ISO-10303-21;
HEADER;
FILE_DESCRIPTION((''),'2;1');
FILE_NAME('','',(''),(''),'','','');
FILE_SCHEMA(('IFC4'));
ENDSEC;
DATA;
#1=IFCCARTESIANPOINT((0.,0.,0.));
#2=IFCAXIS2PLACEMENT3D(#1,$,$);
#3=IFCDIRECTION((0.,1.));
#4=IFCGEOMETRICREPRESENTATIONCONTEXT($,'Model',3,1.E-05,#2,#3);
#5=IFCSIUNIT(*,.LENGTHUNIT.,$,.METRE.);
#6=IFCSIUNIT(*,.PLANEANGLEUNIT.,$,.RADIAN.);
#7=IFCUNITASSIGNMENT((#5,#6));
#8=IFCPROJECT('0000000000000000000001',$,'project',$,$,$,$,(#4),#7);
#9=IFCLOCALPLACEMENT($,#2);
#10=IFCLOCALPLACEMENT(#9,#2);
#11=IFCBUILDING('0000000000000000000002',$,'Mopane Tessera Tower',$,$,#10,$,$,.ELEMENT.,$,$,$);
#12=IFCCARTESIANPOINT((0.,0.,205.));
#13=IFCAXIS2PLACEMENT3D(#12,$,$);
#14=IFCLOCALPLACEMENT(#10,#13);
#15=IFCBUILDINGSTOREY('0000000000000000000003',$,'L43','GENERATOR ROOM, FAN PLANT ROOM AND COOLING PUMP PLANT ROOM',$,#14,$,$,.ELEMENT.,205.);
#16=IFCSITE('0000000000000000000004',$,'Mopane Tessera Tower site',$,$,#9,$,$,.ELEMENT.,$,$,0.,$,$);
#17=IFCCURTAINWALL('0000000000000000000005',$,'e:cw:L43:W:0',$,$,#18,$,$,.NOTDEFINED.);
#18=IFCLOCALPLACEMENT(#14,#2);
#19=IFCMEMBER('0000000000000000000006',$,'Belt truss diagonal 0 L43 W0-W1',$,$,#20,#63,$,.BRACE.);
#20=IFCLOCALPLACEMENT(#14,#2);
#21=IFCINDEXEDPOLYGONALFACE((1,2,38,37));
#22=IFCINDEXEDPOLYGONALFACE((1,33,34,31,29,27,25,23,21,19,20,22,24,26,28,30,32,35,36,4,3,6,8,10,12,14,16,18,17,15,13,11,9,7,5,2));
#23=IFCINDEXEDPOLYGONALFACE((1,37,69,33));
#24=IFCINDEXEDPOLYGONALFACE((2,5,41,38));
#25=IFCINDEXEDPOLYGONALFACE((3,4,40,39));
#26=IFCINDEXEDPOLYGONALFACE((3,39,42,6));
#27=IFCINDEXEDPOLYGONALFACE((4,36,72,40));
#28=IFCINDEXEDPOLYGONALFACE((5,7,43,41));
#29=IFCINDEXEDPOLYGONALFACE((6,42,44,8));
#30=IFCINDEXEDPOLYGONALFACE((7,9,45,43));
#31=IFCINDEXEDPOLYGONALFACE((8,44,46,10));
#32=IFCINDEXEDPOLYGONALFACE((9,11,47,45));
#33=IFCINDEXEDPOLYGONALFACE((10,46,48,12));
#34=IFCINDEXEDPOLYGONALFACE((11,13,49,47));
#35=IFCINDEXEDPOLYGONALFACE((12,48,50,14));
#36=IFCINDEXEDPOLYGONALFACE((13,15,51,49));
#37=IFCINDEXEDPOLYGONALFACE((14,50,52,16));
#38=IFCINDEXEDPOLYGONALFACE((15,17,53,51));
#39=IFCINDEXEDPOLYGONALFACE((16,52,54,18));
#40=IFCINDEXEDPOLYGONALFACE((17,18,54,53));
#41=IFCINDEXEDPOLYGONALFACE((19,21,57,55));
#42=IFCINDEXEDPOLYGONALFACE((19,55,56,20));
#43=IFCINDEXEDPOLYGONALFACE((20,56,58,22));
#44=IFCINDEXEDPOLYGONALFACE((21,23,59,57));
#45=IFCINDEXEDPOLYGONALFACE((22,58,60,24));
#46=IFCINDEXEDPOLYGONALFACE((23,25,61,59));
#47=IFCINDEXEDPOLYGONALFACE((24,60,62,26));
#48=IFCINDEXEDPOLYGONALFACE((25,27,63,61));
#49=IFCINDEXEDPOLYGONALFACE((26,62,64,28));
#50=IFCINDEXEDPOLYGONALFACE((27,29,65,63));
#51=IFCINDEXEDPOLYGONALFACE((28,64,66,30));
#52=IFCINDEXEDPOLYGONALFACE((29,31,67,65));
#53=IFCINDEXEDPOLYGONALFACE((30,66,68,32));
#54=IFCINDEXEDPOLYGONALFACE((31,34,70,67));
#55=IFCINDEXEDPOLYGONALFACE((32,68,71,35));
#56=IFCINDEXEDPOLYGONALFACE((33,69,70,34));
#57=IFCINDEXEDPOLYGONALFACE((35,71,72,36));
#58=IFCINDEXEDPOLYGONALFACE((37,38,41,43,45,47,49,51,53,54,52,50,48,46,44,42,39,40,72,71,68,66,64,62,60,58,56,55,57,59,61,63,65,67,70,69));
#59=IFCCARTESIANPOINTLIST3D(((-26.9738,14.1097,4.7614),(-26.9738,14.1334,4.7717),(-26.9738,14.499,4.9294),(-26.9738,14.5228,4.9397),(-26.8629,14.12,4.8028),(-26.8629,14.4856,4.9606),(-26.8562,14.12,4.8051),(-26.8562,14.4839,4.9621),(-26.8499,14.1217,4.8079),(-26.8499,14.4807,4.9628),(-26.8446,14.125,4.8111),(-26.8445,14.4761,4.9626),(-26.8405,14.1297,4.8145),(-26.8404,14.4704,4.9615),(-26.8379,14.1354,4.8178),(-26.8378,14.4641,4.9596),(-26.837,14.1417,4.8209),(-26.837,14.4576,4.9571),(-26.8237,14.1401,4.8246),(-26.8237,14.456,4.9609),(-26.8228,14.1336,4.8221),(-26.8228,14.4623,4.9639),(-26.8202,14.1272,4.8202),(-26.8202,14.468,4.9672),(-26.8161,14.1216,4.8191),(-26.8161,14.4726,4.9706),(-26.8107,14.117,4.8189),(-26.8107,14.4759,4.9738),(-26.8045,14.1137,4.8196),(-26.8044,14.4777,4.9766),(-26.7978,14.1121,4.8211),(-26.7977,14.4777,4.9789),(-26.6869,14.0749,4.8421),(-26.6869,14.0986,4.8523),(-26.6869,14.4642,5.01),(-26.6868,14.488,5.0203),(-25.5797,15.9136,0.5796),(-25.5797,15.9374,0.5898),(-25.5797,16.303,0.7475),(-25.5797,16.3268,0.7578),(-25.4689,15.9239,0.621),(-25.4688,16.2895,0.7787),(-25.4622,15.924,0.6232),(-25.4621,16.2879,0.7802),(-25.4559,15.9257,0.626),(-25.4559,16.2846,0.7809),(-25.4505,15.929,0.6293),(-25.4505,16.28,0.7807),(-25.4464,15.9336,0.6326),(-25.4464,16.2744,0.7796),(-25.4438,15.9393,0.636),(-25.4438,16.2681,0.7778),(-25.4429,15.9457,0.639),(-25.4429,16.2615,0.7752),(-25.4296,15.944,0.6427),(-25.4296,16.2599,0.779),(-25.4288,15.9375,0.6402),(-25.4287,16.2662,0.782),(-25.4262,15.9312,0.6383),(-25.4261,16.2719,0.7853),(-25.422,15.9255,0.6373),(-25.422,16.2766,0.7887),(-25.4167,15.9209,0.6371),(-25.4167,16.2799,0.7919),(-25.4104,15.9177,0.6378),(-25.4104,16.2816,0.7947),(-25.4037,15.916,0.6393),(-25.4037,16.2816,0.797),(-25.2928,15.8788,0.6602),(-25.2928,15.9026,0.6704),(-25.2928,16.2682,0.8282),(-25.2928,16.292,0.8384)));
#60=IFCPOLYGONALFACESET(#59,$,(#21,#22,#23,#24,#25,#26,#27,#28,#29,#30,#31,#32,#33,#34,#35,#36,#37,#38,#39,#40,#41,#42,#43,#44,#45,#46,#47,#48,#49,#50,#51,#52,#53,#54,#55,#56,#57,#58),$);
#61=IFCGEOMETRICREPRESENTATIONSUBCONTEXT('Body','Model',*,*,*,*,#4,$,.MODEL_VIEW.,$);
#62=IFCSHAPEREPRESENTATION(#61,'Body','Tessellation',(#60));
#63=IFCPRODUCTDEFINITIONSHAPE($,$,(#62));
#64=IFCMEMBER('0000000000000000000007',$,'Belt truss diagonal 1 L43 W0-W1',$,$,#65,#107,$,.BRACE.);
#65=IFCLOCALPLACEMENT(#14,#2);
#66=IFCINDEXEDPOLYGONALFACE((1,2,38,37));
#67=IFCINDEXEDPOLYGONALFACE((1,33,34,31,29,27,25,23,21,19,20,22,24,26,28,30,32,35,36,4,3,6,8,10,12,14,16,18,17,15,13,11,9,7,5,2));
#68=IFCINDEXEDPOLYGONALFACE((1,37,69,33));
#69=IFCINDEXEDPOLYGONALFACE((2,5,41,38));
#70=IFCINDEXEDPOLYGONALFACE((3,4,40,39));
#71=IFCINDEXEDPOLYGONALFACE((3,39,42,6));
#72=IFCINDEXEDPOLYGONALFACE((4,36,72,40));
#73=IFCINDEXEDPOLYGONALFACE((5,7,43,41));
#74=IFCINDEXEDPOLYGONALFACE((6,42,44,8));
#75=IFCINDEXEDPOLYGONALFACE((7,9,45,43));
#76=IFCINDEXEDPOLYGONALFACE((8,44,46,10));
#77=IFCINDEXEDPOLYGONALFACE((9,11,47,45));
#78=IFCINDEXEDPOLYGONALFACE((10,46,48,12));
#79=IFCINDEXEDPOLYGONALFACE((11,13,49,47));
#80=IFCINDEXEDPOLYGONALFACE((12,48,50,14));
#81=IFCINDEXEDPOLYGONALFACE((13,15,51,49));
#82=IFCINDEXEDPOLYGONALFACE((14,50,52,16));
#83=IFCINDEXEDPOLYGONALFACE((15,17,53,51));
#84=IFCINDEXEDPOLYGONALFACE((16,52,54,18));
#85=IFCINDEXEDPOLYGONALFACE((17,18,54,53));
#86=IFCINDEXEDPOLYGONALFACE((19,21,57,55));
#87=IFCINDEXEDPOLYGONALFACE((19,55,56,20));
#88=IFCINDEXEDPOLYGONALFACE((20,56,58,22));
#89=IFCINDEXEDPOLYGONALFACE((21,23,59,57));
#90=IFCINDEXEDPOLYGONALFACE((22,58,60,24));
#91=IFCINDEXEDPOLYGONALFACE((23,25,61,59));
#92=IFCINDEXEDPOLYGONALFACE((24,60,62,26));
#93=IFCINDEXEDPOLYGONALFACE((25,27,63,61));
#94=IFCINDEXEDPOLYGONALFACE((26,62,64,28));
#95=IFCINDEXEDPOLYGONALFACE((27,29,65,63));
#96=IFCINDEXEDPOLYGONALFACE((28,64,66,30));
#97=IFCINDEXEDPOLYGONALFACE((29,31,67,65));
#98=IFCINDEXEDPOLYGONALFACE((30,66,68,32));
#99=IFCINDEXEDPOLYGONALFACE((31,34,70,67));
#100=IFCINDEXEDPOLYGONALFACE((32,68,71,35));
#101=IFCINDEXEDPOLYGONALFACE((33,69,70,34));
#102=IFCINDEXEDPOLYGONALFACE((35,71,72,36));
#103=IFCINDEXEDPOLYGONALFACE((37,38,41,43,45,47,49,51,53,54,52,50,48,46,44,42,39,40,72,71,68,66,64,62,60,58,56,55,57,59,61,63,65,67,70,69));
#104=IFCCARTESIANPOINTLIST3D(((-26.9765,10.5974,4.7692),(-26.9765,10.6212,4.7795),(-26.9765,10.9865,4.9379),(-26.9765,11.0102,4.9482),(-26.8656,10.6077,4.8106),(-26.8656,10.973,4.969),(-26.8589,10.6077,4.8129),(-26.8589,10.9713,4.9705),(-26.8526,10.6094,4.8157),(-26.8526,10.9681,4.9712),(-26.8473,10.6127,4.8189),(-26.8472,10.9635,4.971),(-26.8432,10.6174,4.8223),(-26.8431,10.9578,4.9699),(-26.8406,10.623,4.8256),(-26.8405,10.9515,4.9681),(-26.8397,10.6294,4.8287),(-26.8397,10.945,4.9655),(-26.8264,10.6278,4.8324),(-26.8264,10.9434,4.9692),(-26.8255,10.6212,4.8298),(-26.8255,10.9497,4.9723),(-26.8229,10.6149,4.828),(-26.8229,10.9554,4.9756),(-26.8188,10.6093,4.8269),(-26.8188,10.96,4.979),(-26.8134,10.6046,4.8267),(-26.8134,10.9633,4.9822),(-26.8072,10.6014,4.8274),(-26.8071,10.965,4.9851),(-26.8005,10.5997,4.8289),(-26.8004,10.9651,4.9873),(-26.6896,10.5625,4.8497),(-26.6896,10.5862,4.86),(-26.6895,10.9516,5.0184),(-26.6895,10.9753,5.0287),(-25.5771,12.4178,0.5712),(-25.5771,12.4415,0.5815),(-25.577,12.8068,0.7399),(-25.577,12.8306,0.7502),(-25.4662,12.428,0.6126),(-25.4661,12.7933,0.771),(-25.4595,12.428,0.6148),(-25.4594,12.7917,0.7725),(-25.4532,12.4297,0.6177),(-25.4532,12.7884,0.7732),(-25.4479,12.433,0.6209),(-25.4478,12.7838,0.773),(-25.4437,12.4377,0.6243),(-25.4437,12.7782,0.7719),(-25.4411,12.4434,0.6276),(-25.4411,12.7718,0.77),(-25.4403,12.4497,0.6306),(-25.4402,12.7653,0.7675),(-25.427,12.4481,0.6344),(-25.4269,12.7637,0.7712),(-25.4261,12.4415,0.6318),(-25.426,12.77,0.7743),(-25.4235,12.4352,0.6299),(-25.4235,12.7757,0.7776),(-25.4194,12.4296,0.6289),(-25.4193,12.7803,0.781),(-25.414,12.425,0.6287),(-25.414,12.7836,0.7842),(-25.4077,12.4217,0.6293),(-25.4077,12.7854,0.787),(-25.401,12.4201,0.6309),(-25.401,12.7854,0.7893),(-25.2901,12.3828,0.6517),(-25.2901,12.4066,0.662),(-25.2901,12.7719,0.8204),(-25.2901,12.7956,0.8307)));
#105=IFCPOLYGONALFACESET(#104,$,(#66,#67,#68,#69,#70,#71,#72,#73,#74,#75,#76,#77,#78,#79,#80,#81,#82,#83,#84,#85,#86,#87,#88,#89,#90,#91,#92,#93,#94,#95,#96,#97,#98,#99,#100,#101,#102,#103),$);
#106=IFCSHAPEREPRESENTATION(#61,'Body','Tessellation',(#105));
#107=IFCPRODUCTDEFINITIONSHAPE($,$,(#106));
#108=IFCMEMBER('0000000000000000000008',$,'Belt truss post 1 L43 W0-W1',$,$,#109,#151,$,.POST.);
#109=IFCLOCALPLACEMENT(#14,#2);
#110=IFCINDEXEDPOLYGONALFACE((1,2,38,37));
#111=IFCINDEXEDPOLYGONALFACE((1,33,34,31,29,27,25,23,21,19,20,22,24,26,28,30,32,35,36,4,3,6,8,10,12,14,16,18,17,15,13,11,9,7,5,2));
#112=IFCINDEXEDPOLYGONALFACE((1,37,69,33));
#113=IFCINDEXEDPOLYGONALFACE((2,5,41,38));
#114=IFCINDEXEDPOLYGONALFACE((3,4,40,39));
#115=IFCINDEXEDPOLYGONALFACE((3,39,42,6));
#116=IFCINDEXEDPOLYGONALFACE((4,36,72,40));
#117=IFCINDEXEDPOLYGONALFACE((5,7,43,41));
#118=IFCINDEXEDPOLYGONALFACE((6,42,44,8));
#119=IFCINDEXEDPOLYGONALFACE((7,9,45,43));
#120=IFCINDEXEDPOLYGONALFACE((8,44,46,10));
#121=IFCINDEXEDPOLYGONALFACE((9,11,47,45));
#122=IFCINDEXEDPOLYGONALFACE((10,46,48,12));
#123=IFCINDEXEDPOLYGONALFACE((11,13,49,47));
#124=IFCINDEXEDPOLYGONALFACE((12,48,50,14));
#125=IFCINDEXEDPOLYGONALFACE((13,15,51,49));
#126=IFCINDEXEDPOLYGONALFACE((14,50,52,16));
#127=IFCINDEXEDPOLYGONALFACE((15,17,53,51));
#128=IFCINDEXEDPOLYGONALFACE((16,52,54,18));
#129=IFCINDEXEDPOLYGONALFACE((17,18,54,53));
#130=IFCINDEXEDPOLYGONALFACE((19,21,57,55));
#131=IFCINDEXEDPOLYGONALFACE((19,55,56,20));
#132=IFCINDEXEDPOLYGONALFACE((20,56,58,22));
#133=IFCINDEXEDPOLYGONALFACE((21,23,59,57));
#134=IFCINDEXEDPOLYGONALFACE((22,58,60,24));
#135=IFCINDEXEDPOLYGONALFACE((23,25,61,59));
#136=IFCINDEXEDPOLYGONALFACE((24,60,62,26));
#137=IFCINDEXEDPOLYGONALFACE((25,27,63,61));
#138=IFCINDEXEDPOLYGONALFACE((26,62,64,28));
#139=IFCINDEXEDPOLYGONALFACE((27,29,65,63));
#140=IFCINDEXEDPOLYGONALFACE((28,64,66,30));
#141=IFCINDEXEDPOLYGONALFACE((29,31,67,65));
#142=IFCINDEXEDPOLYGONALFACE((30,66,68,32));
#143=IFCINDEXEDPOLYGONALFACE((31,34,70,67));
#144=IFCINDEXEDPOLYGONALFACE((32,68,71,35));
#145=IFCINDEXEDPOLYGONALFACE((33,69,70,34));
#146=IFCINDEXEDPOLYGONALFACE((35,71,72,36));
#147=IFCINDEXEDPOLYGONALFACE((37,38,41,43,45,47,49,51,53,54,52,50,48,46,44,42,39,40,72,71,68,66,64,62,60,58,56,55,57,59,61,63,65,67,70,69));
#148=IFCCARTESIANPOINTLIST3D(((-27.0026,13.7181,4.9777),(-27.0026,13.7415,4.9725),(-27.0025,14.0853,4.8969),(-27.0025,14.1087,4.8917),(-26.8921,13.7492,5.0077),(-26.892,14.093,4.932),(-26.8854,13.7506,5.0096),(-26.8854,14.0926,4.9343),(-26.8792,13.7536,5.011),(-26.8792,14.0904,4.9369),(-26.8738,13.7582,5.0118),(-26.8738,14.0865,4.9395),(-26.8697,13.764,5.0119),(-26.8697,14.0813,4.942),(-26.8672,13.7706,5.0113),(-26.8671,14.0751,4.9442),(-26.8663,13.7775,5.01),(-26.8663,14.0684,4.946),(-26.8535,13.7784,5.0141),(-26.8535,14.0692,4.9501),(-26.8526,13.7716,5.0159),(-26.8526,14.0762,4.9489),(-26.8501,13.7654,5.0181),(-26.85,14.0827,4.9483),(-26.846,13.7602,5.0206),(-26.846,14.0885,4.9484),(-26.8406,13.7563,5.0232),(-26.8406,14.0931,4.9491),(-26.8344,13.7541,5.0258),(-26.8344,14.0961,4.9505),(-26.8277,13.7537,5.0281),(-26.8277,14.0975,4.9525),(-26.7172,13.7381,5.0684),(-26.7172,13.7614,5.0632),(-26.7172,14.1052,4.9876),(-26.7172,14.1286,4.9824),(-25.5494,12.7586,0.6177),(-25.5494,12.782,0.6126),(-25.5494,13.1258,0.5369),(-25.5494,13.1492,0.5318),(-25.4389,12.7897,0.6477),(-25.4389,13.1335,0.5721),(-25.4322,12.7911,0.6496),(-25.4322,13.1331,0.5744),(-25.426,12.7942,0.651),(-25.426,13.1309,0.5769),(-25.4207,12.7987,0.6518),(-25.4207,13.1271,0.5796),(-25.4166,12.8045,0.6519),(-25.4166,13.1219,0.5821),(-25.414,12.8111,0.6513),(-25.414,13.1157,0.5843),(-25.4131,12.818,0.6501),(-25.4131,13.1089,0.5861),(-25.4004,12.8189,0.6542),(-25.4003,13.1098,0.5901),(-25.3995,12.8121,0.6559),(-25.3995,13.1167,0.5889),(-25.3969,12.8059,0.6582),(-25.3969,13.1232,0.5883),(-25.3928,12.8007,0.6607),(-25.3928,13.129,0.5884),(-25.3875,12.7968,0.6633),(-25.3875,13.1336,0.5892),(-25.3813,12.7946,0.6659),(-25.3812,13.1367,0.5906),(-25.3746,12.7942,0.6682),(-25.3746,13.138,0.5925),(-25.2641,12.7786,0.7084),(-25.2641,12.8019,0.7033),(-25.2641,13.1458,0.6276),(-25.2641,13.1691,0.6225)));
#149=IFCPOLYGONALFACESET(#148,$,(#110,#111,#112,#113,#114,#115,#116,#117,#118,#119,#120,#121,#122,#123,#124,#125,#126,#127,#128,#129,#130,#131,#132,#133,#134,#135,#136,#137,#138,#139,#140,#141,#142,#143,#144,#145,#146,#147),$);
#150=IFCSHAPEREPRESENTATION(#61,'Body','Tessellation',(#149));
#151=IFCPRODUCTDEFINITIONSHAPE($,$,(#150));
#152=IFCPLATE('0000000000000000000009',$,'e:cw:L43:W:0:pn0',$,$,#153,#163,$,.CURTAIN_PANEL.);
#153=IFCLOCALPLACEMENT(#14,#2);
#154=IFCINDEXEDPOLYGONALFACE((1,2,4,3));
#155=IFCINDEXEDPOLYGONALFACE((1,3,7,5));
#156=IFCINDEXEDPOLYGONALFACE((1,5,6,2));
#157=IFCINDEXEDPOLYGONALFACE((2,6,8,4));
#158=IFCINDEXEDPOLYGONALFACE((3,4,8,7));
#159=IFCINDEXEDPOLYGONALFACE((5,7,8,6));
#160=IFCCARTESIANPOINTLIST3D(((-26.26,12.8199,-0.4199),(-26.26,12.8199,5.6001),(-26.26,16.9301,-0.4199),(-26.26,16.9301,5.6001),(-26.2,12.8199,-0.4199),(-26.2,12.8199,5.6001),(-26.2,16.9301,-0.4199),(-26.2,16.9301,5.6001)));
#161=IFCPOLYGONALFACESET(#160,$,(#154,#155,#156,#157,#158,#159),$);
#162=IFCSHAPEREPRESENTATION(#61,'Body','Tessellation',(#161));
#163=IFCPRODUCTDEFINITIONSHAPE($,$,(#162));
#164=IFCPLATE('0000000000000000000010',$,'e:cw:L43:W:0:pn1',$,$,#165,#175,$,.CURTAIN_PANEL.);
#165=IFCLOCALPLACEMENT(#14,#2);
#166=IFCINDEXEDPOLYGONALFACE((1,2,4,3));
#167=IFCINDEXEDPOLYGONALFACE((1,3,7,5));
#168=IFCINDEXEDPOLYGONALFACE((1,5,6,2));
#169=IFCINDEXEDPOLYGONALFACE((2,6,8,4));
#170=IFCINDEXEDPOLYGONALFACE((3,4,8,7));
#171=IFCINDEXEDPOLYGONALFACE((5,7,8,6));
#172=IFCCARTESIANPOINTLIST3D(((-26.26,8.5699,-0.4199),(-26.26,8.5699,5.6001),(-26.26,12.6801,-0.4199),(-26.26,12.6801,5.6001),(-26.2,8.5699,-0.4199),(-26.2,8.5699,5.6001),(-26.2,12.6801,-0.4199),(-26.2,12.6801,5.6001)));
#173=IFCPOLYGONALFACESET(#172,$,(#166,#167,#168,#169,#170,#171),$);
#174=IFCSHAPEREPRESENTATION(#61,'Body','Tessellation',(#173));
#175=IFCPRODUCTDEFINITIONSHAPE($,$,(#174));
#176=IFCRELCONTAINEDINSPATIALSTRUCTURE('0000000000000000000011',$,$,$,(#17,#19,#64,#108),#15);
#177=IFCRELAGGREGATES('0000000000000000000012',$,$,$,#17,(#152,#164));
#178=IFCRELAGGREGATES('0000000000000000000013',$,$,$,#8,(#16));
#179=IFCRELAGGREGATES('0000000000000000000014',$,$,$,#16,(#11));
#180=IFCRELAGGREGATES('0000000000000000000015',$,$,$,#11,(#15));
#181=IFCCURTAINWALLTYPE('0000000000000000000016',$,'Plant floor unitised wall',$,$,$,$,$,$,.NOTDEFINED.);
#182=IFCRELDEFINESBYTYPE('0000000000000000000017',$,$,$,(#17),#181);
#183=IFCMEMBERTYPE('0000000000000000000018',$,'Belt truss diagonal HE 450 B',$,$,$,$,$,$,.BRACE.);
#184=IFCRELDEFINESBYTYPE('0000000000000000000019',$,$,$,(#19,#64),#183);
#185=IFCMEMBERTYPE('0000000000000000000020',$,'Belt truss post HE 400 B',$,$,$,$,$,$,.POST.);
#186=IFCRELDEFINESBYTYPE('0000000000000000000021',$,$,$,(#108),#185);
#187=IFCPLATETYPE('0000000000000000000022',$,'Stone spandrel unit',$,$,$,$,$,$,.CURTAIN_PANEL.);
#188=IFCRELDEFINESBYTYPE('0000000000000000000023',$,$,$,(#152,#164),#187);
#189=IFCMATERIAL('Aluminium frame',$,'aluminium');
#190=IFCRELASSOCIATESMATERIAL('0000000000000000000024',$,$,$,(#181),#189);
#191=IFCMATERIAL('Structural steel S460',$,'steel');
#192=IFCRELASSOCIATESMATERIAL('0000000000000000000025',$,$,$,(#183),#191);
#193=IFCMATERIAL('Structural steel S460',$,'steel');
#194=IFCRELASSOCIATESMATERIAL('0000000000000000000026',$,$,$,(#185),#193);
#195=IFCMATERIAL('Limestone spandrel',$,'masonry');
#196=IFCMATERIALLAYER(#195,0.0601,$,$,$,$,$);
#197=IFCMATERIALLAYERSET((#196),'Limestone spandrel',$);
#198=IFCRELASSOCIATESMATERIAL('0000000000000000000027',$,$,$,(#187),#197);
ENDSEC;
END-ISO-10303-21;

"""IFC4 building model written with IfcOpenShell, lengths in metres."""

from ifc_helpers import new_model, si_unit, direction, frame, origin, origin_2d, place, context, subcontext, project, spatial, rectangle, i_section, extrude, material, layer, layer_set, material_profile, profile_set, type_object, element, aggregate, save


model = new_model("IFC4")

# Units and contexts
model_context = context("Model", 3, precision=1e-05, world=origin(), true_north=direction((0.0, 1.0)))
body_context = subcontext(model_context, "Body", "Model", "MODEL_VIEW")
ifc_project = project(units=[si_unit("LENGTHUNIT", "METRE"), si_unit("PLANEANGLEUNIT", "RADIAN")], contexts=[model_context])

# Site, building, storey
site_placement = place(None, origin())
site = spatial("IfcSite", under=ifc_project, at=site_placement, Name="Mopane Tessera Tower site", CompositionType="ELEMENT", RefElevation=0.0)
building_placement = place(site_placement, origin())
building = spatial("IfcBuilding", under=site, at=building_placement, Name="Mopane Tessera Tower", CompositionType="ELEMENT")
storey_placement = place(building_placement, frame((0.0, 0.0, 205.0)))
storey = spatial("IfcBuildingStorey", under=building, at=storey_placement, Name="L43", Description="GENERATOR ROOM, FAN PLANT ROOM AND COOLING PUMP PLANT ROOM", CompositionType="ELEMENT", Elevation=205.0)

# Curtain wall
ifc_material_1 = material(Name="Aluminium frame", Category="aluminium")
curtain_wall_type = type_object("IfcCurtainWallType", Name="Plant floor unitised wall", PredefinedType="NOTDEFINED", material=ifc_material_1)
curtain_wall_placement = place(storey_placement, origin())
curtain_wall = element("IfcCurtainWall", 1, at=curtain_wall_placement, inside=storey, type_object=curtain_wall_type, Name="e:cw:L43:W:0", PredefinedType="NOTDEFINED")

# Members
ifc_material_2 = material(Name="Structural steel S460", Category="steel")
ifc_material_profile_1 = material_profile(ifc_material_2, i_section(OverallWidth=0.3, OverallDepth=0.45, WebThickness=0.0139, FlangeThickness=0.0259, FilletRadius=0.0271, at=origin_2d()))
ifc_profile_set_1 = profile_set([ifc_material_profile_1], Name="Structural steel S460")
member_type_1 = type_object("IfcMemberType", Name="Belt truss diagonal HE 450 B", PredefinedType="BRACE", material=ifc_profile_set_1)
member_1_placement = place(storey_placement, frame((-25.4363, 16.1028, 0.709), z_axis=(-0.292684, -0.378747, 0.878002), x_axis=(0.956209, -0.115987, 0.268721)))
element("IfcMember", 2, at=member_1_placement, inside=storey, type_object=member_type_1, Name="Belt truss diagonal 0 L43 W0-W1", PredefinedType="BRACE", context=body_context, shape_type="SweptSolid", body=[
    extrude(i_section(OverallWidth=0.3, OverallDepth=0.45, WebThickness=0.0139, FlangeThickness=0.0259, FilletRadius=0.0271, at=origin_2d()), origin(), (0.0, 0.0, 1.0), 4.7629),
])
member_2_placement = place(storey_placement, frame((-25.4336, 12.6067, 0.7009), z_axis=(-0.292466, -0.38043, 0.877346), x_axis=(0.956276, -0.116422, 0.268295)))
element("IfcMember", 3, at=member_2_placement, inside=storey, type_object=member_type_1, Name="Belt truss diagonal 1 L43 W0-W1", PredefinedType="BRACE", context=body_context, shape_type="SweptSolid", body=[
    extrude(i_section(OverallWidth=0.3, OverallDepth=0.45, WebThickness=0.0139, FlangeThickness=0.0259, FilletRadius=0.0271, at=origin_2d()), origin(), (0.0, 0.0, 1.0), 4.7849),
])
ifc_material_3 = material(Name="Structural steel S460", Category="steel")
ifc_material_profile_2 = material_profile(ifc_material_3, i_section(OverallWidth=0.3, OverallDepth=0.3999, WebThickness=0.0134, FlangeThickness=0.0239, FilletRadius=0.0271, at=origin_2d()))
ifc_profile_set_2 = profile_set([ifc_material_profile_2], Name="Structural steel S460")
member_type_2 = type_object("IfcMemberType", Name="Belt truss post HE 400 B", PredefinedType="POST", material=ifc_profile_set_2)
member_3_placement = place(storey_placement, frame((-25.4067, 12.9639, 0.6201), z_axis=(-0.309522, 0.204372, 0.92867), x_axis=(0.950892, 0.066481, 0.302298)))
element("IfcMember", 4, at=member_3_placement, inside=storey, type_object=member_type_2, Name="Belt truss post 1 L43 W0-W1", PredefinedType="POST", context=body_context, shape_type="SweptSolid", body=[
    extrude(i_section(OverallWidth=0.3, OverallDepth=0.3999, WebThickness=0.0134, FlangeThickness=0.0239, FilletRadius=0.0271, at=origin_2d()), origin(), (0.0, 0.0, 1.0), 4.6948),
])

# Plates
ifc_material_4 = material(Name="Limestone spandrel", Category="masonry")
ifc_layer_1 = layer(ifc_material_4, 0.0601)
ifc_layer_set_1 = layer_set([ifc_layer_1], Name="Limestone spandrel")
plate_type = type_object("IfcPlateType", Name="Stone spandrel unit", PredefinedType="CURTAIN_PANEL", material=ifc_layer_set_1)
plate_1_placement = place(storey_placement, frame((-26.23, 14.875, -0.4199), z_axis=(0.0, 0.0, 1.0), x_axis=(0.0, -1.0, 0.0)))
plate_1 = element("IfcPlate", 5, at=plate_1_placement, type_object=plate_type, Name="e:cw:L43:W:0:pn0", PredefinedType="CURTAIN_PANEL", context=body_context, shape_type="SweptSolid", body=[
    extrude(rectangle(XDim=4.1101, YDim=0.0601, at=origin_2d()), origin(), (0.0, 0.0, 1.0), 6.02),
])
plate_2_placement = place(storey_placement, frame((-26.23, 10.625, -0.4199), z_axis=(0.0, 0.0, 1.0), x_axis=(0.0, -1.0, 0.0)))
plate_2 = element("IfcPlate", 6, at=plate_2_placement, type_object=plate_type, Name="e:cw:L43:W:0:pn1", PredefinedType="CURTAIN_PANEL", context=body_context, shape_type="SweptSolid", body=[
    extrude(rectangle(XDim=4.1101, YDim=0.0601, at=origin_2d()), origin(), (0.0, 0.0, 1.0), 6.02),
])
aggregate(curtain_wall, [plate_1, plate_2])

save(model, "model.ifc")
